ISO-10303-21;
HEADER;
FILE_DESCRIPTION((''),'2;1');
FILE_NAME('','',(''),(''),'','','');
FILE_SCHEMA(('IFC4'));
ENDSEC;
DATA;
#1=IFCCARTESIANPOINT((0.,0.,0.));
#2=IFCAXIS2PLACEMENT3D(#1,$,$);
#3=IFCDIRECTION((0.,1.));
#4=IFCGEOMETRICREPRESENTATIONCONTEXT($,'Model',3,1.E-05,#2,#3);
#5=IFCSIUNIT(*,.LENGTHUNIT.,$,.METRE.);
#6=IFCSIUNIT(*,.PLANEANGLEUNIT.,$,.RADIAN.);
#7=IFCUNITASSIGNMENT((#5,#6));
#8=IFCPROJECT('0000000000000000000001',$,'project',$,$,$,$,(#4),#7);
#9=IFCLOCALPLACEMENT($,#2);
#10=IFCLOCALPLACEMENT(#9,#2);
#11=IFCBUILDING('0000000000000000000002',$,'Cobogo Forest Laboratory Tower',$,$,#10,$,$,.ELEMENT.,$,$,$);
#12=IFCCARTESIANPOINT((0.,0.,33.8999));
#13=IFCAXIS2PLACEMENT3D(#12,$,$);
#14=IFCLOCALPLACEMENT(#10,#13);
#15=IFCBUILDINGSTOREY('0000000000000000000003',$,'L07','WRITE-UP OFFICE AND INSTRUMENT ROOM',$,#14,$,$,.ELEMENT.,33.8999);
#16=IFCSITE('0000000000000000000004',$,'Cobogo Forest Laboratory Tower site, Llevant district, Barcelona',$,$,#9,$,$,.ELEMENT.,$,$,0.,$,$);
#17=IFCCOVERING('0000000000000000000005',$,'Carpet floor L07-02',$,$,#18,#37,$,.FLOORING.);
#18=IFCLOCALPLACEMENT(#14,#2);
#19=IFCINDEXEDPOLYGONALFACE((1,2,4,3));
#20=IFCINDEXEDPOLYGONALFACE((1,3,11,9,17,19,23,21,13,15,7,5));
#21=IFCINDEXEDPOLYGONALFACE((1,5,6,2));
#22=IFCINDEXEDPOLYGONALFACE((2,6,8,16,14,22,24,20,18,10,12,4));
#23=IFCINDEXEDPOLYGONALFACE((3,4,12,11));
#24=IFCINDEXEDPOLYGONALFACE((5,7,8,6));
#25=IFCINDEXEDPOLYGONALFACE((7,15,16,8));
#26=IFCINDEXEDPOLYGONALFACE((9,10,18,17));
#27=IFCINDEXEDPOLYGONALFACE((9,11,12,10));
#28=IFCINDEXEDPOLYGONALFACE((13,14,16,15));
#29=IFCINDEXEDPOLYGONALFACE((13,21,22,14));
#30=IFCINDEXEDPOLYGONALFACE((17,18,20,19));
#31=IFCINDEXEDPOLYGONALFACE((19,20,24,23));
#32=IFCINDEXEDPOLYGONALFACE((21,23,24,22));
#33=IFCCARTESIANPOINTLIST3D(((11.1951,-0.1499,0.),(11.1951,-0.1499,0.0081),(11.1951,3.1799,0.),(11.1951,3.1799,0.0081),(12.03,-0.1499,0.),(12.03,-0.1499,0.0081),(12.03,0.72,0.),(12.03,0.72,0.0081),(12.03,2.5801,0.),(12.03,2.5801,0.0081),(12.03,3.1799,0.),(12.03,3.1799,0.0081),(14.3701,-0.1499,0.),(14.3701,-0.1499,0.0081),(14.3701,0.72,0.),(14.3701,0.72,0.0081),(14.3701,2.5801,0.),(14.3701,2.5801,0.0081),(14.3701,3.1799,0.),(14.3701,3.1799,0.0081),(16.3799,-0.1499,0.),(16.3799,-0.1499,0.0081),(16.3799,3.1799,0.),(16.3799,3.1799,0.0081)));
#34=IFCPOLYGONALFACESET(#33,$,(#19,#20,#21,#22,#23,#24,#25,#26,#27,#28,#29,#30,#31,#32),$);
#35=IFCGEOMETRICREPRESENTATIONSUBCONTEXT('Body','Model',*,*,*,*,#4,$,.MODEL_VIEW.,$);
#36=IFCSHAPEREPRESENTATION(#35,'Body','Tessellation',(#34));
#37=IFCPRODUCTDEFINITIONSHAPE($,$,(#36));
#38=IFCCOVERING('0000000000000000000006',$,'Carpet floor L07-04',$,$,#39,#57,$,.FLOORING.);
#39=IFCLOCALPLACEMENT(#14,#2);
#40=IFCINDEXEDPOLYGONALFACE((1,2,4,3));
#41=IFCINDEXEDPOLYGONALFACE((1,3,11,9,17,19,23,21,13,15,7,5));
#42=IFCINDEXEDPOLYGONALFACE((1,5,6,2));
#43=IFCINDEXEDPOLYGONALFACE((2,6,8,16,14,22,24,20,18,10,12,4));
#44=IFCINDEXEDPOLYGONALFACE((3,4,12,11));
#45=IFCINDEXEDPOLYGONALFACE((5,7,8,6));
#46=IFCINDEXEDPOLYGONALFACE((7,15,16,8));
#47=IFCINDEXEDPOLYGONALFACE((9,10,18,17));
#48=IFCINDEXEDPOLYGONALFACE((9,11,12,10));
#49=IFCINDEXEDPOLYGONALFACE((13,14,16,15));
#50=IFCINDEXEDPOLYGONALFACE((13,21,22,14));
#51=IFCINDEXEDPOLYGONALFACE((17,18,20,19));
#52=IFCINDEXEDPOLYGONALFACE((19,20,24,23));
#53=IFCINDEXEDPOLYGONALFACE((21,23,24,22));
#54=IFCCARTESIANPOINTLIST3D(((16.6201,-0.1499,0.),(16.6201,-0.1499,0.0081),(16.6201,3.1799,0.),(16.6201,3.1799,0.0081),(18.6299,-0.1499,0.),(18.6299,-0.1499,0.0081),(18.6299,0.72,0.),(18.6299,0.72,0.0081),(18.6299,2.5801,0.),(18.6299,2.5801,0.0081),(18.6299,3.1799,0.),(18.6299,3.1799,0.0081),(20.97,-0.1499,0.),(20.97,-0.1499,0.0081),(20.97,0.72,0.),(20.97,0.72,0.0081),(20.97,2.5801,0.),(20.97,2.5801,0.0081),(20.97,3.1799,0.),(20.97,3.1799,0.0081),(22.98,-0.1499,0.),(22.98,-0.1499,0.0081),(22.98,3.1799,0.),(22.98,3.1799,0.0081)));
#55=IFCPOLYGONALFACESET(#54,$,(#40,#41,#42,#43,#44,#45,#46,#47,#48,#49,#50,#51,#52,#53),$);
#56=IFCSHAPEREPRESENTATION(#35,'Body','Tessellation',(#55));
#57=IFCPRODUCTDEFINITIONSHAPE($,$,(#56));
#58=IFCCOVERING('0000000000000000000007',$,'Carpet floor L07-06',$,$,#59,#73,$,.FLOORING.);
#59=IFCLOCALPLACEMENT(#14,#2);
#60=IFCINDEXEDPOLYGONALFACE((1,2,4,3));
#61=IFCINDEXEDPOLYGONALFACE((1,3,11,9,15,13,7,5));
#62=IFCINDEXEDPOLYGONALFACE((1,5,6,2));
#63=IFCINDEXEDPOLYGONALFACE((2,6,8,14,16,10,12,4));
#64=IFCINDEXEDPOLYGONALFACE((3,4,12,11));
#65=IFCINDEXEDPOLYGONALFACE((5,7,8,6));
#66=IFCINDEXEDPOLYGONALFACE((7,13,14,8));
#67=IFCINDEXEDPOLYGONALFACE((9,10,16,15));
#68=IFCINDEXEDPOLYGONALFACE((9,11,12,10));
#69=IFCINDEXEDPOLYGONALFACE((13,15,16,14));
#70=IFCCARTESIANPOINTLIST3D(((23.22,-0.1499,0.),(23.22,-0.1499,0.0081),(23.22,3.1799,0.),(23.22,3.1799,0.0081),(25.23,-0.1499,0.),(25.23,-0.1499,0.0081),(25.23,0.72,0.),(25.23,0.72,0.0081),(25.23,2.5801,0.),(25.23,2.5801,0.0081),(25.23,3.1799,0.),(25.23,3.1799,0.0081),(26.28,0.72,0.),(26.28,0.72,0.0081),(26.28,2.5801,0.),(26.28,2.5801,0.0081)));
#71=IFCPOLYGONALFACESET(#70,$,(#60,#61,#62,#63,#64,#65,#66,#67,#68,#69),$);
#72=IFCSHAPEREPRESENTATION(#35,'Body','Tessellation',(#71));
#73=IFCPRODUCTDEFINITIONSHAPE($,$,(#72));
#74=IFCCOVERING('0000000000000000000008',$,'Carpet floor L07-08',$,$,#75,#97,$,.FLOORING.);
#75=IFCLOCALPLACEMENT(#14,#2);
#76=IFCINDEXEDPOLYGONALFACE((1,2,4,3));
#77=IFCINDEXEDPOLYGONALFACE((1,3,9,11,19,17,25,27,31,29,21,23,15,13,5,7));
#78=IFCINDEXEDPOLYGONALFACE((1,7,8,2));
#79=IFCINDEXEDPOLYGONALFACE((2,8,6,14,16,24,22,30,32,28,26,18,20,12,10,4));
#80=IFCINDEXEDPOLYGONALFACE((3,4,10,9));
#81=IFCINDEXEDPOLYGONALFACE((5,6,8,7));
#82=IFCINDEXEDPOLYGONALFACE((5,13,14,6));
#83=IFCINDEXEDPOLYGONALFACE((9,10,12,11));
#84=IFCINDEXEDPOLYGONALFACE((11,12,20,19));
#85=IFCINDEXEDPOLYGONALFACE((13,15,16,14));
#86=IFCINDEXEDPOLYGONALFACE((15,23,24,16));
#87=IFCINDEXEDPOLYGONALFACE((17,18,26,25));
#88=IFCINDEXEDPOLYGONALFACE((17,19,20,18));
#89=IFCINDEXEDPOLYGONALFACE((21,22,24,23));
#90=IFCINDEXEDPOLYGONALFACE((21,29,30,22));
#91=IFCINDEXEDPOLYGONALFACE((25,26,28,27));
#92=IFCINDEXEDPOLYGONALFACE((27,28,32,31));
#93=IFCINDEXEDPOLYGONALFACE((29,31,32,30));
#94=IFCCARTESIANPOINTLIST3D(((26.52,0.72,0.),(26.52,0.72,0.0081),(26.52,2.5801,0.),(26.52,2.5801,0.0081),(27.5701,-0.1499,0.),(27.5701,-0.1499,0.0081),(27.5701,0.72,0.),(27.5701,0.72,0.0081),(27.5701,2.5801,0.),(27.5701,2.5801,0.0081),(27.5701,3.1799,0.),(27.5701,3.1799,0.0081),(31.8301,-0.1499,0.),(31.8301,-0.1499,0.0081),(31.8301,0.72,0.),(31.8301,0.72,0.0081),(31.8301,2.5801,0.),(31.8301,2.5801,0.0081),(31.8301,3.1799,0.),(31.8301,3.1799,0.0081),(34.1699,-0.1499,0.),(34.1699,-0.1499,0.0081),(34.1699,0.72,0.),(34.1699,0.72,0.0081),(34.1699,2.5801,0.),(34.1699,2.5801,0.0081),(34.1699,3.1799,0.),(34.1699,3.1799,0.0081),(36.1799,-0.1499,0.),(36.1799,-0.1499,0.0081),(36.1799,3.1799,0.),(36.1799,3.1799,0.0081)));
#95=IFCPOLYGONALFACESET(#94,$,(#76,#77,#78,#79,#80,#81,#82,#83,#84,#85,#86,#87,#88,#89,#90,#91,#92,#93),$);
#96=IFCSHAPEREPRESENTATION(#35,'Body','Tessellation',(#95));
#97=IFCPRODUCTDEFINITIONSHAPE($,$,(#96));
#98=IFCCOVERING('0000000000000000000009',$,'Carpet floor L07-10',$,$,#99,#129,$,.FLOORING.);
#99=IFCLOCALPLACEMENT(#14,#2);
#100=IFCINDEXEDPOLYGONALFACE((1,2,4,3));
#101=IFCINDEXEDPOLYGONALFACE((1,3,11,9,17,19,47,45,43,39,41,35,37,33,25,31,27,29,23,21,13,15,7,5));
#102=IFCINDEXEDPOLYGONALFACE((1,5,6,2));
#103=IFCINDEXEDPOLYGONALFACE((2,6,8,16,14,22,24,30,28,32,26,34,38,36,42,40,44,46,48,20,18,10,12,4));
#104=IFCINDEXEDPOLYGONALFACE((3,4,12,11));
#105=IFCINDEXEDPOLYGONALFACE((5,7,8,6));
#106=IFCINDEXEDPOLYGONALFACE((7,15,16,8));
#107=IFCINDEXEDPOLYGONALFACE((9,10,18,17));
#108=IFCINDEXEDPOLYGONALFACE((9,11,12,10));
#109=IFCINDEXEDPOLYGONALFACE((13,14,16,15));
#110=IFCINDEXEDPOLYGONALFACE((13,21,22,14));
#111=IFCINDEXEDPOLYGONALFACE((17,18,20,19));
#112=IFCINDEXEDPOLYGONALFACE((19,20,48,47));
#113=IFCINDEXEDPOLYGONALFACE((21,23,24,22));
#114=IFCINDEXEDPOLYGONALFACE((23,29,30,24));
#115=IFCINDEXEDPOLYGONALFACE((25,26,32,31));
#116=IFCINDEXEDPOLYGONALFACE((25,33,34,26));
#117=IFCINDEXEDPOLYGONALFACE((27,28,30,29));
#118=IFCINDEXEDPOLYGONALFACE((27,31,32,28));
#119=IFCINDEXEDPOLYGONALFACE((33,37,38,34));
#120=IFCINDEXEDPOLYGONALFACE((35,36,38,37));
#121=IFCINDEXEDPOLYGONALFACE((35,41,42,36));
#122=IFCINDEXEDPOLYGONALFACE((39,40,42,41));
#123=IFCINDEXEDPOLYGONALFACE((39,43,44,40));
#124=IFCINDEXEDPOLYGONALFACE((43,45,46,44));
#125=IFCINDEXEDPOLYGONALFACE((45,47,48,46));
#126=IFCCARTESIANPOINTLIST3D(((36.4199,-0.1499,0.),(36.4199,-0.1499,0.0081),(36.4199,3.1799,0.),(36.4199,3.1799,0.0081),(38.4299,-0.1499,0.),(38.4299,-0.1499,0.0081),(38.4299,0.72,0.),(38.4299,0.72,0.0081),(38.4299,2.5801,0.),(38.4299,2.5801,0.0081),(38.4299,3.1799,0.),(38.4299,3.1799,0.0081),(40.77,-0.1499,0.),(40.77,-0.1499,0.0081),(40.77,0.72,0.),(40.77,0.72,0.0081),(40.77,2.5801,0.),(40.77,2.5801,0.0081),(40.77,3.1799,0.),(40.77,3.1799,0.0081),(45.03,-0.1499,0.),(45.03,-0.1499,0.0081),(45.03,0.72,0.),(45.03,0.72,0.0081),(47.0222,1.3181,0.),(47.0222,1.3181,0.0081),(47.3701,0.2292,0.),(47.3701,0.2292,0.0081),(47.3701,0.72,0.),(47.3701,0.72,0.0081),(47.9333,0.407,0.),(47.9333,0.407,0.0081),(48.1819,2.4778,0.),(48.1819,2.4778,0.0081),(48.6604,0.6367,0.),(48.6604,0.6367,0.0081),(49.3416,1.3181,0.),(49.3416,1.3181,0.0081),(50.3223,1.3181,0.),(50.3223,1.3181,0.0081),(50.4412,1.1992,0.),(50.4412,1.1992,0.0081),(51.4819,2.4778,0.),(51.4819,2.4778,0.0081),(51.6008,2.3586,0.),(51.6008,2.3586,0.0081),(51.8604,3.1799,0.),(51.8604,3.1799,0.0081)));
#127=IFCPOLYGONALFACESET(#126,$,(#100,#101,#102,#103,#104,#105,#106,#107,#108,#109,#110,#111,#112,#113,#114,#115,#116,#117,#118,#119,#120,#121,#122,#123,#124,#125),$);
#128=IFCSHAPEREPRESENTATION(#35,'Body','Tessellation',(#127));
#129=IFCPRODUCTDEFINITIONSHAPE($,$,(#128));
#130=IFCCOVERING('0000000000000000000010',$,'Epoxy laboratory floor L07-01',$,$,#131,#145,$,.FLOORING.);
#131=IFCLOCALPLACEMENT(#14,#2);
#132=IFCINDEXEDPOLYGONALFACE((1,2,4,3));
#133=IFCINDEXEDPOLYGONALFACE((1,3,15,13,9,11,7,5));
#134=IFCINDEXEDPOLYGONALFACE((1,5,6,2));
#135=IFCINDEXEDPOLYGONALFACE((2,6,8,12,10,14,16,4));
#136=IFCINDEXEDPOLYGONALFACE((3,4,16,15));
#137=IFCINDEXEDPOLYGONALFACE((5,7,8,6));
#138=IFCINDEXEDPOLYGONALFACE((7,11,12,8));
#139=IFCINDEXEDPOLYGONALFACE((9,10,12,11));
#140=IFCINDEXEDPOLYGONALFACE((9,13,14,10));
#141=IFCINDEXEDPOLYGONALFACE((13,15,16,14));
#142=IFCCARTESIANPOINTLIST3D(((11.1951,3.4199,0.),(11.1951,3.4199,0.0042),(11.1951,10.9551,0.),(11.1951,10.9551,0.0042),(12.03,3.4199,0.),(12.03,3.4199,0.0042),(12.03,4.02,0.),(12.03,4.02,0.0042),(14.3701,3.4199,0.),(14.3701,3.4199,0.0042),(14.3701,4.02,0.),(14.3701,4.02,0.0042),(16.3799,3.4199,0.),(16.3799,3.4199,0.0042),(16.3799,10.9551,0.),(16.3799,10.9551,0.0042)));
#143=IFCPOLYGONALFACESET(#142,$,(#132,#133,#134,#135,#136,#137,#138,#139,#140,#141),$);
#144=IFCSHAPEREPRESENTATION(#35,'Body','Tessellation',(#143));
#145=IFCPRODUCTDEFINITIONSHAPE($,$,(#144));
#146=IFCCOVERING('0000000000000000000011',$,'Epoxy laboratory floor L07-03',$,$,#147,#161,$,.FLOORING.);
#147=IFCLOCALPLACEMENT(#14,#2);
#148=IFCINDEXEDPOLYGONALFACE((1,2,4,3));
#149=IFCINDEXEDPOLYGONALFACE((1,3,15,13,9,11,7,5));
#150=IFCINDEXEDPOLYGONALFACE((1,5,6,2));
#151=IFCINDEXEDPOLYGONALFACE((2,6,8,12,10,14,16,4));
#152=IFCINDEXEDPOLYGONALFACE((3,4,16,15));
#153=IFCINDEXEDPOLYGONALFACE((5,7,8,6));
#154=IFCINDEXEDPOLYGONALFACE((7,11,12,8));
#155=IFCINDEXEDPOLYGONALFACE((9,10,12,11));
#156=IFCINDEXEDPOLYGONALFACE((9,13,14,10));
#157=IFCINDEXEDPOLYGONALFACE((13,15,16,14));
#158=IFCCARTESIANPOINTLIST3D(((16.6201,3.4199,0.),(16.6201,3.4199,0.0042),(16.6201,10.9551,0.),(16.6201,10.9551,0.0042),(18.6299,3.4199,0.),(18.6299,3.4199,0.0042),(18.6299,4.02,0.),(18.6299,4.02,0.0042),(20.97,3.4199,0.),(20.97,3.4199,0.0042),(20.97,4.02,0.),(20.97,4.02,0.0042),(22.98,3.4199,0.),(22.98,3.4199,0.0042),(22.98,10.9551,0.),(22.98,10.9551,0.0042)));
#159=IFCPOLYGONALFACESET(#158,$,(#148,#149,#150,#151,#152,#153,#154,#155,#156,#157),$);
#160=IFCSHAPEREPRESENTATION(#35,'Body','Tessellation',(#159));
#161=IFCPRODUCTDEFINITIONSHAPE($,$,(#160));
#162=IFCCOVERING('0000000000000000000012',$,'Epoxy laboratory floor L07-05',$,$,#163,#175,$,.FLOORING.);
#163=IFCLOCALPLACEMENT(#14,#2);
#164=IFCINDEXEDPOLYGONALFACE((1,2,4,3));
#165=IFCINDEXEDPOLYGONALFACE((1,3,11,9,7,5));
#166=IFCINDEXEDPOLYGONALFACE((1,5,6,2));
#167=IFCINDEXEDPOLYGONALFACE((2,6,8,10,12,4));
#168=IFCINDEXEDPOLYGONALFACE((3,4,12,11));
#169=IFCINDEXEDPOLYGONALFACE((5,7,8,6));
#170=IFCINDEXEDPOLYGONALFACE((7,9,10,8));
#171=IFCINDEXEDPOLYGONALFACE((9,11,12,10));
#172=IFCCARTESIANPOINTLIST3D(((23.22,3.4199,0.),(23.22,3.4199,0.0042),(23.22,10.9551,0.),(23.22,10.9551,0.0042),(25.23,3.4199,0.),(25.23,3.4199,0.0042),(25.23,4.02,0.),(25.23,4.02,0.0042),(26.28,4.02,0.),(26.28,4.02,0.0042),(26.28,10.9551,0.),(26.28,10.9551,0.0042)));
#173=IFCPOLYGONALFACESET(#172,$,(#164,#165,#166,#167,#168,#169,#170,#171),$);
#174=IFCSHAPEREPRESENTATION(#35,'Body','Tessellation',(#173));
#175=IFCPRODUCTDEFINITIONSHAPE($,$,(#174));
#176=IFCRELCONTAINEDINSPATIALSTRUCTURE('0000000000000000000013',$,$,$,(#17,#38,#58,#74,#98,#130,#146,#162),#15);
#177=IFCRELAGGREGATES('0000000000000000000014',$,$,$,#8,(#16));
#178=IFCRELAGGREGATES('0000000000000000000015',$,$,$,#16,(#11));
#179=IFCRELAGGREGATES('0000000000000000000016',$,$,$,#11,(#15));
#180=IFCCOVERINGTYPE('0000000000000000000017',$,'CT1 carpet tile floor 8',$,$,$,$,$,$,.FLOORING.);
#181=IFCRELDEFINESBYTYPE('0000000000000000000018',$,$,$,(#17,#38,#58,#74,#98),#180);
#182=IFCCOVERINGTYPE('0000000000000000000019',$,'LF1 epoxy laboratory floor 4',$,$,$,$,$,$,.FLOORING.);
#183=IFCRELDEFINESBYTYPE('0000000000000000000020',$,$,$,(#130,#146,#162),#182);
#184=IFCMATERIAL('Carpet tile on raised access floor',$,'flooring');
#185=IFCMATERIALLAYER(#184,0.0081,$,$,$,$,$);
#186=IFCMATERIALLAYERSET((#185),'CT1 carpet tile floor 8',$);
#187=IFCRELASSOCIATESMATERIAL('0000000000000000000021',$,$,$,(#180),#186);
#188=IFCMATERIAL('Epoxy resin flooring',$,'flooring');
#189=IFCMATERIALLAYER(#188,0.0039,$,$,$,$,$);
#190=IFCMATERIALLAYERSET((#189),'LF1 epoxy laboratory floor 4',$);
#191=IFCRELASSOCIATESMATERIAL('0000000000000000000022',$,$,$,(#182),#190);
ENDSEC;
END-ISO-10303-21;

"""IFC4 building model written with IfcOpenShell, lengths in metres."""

from ifc_helpers import new_model, si_unit, direction, frame, origin, place, context, subcontext, project, spatial, polyline, outline, extrude, material, layer, layer_set, type_object, element, save


model = new_model("IFC4")

# Units and contexts
model_context = context("Model", 3, precision=1e-05, world=origin(), true_north=direction((0.0, 1.0)))
body_context = subcontext(model_context, "Body", "Model", "MODEL_VIEW")
ifc_project = project(units=[si_unit("LENGTHUNIT", "METRE"), si_unit("PLANEANGLEUNIT", "RADIAN")], contexts=[model_context])

# Site, building, storey
site_placement = place(None, origin())
site = spatial("IfcSite", under=ifc_project, at=site_placement, Name="Cobogo Forest Laboratory Tower site, Llevant district, Barcelona", CompositionType="ELEMENT", RefElevation=0.0)
building_placement = place(site_placement, origin())
building = spatial("IfcBuilding", under=site, at=building_placement, Name="Cobogo Forest Laboratory Tower", CompositionType="ELEMENT")
storey_placement = place(building_placement, frame((0.0, 0.0, 33.8999)))
storey = spatial("IfcBuildingStorey", under=building, at=storey_placement, Name="L07", Description="WRITE-UP OFFICE AND INSTRUMENT ROOM", CompositionType="ELEMENT", Elevation=33.8999)

# Coverings
ifc_material_1 = material(Name="Carpet tile on raised access floor", Category="flooring")
ifc_layer_1 = layer(ifc_material_1, 0.0081)
ifc_layer_set_1 = layer_set([ifc_layer_1], Name="CT1 carpet tile floor 8")
covering_type_1 = type_object("IfcCoveringType", Name="CT1 carpet tile floor 8", PredefinedType="FLOORING", material=ifc_layer_set_1)
covering_1_placement = place(storey_placement, origin())
element("IfcCovering", 1, at=covering_1_placement, inside=storey, type_object=covering_type_1, Name="Carpet floor L07-02", PredefinedType="FLOORING", context=body_context, shape_type="SweptSolid", body=[
    extrude(outline(polyline([(12.03, 3.1799), (12.03, 2.5801), (14.3701, 2.5801), (14.3701, 3.1799), (16.3799, 3.1799), (16.3799, -0.1499), (14.3701, -0.1499), (14.3701, 0.72), (12.03, 0.72), (12.03, -0.1499), (11.1951, -0.1499), (11.1951, 3.1799), (12.03, 3.1799)])), origin(), (0.0, 0.0, 1.0), 0.0081),
])
covering_2_placement = place(storey_placement, origin())
element("IfcCovering", 2, at=covering_2_placement, inside=storey, type_object=covering_type_1, Name="Carpet floor L07-04", PredefinedType="FLOORING", context=body_context, shape_type="SweptSolid", body=[
    extrude(outline(polyline([(18.6299, 3.1799), (18.6299, 2.5801), (20.97, 2.5801), (20.97, 3.1799), (22.98, 3.1799), (22.98, -0.1499), (20.97, -0.1499), (20.97, 0.72), (18.6299, 0.72), (18.6299, -0.1499), (16.6201, -0.1499), (16.6201, 3.1799), (18.6299, 3.1799)])), origin(), (0.0, 0.0, 1.0), 0.0081),
])
covering_3_placement = place(storey_placement, origin())
element("IfcCovering", 3, at=covering_3_placement, inside=storey, type_object=covering_type_1, Name="Carpet floor L07-06", PredefinedType="FLOORING", context=body_context, shape_type="SweptSolid", body=[
    extrude(outline(polyline([(25.23, 3.1799), (25.23, 2.5801), (26.28, 2.5801), (26.28, 0.72), (25.23, 0.72), (25.23, -0.1499), (23.22, -0.1499), (23.22, 3.1799), (25.23, 3.1799)])), origin(), (0.0, 0.0, 1.0), 0.0081),
])
covering_4_placement = place(storey_placement, origin())
element("IfcCovering", 4, at=covering_4_placement, inside=storey, type_object=covering_type_1, Name="Carpet floor L07-08", PredefinedType="FLOORING", context=body_context, shape_type="SweptSolid", body=[
    extrude(outline(polyline([(31.8301, 3.1799), (31.8301, 2.5801), (34.1699, 2.5801), (34.1699, 3.1799), (36.1799, 3.1799), (36.1799, -0.1499), (34.1699, -0.1499), (34.1699, 0.72), (31.8301, 0.72), (31.8301, -0.1499), (27.5701, -0.1499), (27.5701, 0.72), (26.52, 0.72), (26.52, 2.5801), (27.5701, 2.5801), (27.5701, 3.1799), (31.8301, 3.1799)])), origin(), (0.0, 0.0, 1.0), 0.0081),
])
covering_5_placement = place(storey_placement, origin())
element("IfcCovering", 5, at=covering_5_placement, inside=storey, type_object=covering_type_1, Name="Carpet floor L07-10", PredefinedType="FLOORING", context=body_context, shape_type="SweptSolid", body=[
    extrude(outline(polyline([(38.4299, 3.1799), (38.4299, 2.5801), (40.77, 2.5801), (40.77, 3.1799), (51.8604, 3.1799), (51.6008, 2.3586), (51.4819, 2.4778), (50.3223, 1.3181), (50.4412, 1.1992), (48.6604, 0.6367), (49.3416, 1.3181), (48.1819, 2.4778), (47.0222, 1.3181), (47.9333, 0.407), (47.3701, 0.2292), (47.3701, 0.72), (45.03, 0.72), (45.03, -0.1499), (40.77, -0.1499), (40.77, 0.72), (38.4299, 0.72), (38.4299, -0.1499), (36.4199, -0.1499), (36.4199, 3.1799), (38.4299, 3.1799)])), origin(), (0.0, 0.0, 1.0), 0.0081),
])
ifc_material_2 = material(Name="Epoxy resin flooring", Category="flooring")
ifc_layer_2 = layer(ifc_material_2, 0.0039)
ifc_layer_set_2 = layer_set([ifc_layer_2], Name="LF1 epoxy laboratory floor 4")
covering_type_2 = type_object("IfcCoveringType", Name="LF1 epoxy laboratory floor 4", PredefinedType="FLOORING", material=ifc_layer_set_2)
covering_6_placement = place(storey_placement, origin())
element("IfcCovering", 6, at=covering_6_placement, inside=storey, type_object=covering_type_2, Name="Epoxy laboratory floor L07-01", PredefinedType="FLOORING", context=body_context, shape_type="SweptSolid", body=[
    extrude(outline(polyline([(11.1951, 10.9551), (16.3799, 10.9551), (16.3799, 3.4199), (14.3701, 3.4199), (14.3701, 4.02), (12.03, 4.02), (12.03, 3.4199), (11.1951, 3.4199), (11.1951, 10.9551)])), origin(), (0.0, 0.0, 1.0), 0.0042),
])
covering_7_placement = place(storey_placement, origin())
element("IfcCovering", 7, at=covering_7_placement, inside=storey, type_object=covering_type_2, Name="Epoxy laboratory floor L07-03", PredefinedType="FLOORING", context=body_context, shape_type="SweptSolid", body=[
    extrude(outline(polyline([(16.6201, 10.9551), (22.98, 10.9551), (22.98, 3.4199), (20.97, 3.4199), (20.97, 4.02), (18.6299, 4.02), (18.6299, 3.4199), (16.6201, 3.4199), (16.6201, 10.9551)])), origin(), (0.0, 0.0, 1.0), 0.0042),
])
covering_8_placement = place(storey_placement, origin())
element("IfcCovering", 8, at=covering_8_placement, inside=storey, type_object=covering_type_2, Name="Epoxy laboratory floor L07-05", PredefinedType="FLOORING", context=body_context, shape_type="SweptSolid", body=[
    extrude(outline(polyline([(23.22, 10.9551), (26.28, 10.9551), (26.28, 4.02), (25.23, 4.02), (25.23, 3.4199), (23.22, 3.4199), (23.22, 10.9551)])), origin(), (0.0, 0.0, 1.0), 0.0042),
])

save(model, "model.ifc")
